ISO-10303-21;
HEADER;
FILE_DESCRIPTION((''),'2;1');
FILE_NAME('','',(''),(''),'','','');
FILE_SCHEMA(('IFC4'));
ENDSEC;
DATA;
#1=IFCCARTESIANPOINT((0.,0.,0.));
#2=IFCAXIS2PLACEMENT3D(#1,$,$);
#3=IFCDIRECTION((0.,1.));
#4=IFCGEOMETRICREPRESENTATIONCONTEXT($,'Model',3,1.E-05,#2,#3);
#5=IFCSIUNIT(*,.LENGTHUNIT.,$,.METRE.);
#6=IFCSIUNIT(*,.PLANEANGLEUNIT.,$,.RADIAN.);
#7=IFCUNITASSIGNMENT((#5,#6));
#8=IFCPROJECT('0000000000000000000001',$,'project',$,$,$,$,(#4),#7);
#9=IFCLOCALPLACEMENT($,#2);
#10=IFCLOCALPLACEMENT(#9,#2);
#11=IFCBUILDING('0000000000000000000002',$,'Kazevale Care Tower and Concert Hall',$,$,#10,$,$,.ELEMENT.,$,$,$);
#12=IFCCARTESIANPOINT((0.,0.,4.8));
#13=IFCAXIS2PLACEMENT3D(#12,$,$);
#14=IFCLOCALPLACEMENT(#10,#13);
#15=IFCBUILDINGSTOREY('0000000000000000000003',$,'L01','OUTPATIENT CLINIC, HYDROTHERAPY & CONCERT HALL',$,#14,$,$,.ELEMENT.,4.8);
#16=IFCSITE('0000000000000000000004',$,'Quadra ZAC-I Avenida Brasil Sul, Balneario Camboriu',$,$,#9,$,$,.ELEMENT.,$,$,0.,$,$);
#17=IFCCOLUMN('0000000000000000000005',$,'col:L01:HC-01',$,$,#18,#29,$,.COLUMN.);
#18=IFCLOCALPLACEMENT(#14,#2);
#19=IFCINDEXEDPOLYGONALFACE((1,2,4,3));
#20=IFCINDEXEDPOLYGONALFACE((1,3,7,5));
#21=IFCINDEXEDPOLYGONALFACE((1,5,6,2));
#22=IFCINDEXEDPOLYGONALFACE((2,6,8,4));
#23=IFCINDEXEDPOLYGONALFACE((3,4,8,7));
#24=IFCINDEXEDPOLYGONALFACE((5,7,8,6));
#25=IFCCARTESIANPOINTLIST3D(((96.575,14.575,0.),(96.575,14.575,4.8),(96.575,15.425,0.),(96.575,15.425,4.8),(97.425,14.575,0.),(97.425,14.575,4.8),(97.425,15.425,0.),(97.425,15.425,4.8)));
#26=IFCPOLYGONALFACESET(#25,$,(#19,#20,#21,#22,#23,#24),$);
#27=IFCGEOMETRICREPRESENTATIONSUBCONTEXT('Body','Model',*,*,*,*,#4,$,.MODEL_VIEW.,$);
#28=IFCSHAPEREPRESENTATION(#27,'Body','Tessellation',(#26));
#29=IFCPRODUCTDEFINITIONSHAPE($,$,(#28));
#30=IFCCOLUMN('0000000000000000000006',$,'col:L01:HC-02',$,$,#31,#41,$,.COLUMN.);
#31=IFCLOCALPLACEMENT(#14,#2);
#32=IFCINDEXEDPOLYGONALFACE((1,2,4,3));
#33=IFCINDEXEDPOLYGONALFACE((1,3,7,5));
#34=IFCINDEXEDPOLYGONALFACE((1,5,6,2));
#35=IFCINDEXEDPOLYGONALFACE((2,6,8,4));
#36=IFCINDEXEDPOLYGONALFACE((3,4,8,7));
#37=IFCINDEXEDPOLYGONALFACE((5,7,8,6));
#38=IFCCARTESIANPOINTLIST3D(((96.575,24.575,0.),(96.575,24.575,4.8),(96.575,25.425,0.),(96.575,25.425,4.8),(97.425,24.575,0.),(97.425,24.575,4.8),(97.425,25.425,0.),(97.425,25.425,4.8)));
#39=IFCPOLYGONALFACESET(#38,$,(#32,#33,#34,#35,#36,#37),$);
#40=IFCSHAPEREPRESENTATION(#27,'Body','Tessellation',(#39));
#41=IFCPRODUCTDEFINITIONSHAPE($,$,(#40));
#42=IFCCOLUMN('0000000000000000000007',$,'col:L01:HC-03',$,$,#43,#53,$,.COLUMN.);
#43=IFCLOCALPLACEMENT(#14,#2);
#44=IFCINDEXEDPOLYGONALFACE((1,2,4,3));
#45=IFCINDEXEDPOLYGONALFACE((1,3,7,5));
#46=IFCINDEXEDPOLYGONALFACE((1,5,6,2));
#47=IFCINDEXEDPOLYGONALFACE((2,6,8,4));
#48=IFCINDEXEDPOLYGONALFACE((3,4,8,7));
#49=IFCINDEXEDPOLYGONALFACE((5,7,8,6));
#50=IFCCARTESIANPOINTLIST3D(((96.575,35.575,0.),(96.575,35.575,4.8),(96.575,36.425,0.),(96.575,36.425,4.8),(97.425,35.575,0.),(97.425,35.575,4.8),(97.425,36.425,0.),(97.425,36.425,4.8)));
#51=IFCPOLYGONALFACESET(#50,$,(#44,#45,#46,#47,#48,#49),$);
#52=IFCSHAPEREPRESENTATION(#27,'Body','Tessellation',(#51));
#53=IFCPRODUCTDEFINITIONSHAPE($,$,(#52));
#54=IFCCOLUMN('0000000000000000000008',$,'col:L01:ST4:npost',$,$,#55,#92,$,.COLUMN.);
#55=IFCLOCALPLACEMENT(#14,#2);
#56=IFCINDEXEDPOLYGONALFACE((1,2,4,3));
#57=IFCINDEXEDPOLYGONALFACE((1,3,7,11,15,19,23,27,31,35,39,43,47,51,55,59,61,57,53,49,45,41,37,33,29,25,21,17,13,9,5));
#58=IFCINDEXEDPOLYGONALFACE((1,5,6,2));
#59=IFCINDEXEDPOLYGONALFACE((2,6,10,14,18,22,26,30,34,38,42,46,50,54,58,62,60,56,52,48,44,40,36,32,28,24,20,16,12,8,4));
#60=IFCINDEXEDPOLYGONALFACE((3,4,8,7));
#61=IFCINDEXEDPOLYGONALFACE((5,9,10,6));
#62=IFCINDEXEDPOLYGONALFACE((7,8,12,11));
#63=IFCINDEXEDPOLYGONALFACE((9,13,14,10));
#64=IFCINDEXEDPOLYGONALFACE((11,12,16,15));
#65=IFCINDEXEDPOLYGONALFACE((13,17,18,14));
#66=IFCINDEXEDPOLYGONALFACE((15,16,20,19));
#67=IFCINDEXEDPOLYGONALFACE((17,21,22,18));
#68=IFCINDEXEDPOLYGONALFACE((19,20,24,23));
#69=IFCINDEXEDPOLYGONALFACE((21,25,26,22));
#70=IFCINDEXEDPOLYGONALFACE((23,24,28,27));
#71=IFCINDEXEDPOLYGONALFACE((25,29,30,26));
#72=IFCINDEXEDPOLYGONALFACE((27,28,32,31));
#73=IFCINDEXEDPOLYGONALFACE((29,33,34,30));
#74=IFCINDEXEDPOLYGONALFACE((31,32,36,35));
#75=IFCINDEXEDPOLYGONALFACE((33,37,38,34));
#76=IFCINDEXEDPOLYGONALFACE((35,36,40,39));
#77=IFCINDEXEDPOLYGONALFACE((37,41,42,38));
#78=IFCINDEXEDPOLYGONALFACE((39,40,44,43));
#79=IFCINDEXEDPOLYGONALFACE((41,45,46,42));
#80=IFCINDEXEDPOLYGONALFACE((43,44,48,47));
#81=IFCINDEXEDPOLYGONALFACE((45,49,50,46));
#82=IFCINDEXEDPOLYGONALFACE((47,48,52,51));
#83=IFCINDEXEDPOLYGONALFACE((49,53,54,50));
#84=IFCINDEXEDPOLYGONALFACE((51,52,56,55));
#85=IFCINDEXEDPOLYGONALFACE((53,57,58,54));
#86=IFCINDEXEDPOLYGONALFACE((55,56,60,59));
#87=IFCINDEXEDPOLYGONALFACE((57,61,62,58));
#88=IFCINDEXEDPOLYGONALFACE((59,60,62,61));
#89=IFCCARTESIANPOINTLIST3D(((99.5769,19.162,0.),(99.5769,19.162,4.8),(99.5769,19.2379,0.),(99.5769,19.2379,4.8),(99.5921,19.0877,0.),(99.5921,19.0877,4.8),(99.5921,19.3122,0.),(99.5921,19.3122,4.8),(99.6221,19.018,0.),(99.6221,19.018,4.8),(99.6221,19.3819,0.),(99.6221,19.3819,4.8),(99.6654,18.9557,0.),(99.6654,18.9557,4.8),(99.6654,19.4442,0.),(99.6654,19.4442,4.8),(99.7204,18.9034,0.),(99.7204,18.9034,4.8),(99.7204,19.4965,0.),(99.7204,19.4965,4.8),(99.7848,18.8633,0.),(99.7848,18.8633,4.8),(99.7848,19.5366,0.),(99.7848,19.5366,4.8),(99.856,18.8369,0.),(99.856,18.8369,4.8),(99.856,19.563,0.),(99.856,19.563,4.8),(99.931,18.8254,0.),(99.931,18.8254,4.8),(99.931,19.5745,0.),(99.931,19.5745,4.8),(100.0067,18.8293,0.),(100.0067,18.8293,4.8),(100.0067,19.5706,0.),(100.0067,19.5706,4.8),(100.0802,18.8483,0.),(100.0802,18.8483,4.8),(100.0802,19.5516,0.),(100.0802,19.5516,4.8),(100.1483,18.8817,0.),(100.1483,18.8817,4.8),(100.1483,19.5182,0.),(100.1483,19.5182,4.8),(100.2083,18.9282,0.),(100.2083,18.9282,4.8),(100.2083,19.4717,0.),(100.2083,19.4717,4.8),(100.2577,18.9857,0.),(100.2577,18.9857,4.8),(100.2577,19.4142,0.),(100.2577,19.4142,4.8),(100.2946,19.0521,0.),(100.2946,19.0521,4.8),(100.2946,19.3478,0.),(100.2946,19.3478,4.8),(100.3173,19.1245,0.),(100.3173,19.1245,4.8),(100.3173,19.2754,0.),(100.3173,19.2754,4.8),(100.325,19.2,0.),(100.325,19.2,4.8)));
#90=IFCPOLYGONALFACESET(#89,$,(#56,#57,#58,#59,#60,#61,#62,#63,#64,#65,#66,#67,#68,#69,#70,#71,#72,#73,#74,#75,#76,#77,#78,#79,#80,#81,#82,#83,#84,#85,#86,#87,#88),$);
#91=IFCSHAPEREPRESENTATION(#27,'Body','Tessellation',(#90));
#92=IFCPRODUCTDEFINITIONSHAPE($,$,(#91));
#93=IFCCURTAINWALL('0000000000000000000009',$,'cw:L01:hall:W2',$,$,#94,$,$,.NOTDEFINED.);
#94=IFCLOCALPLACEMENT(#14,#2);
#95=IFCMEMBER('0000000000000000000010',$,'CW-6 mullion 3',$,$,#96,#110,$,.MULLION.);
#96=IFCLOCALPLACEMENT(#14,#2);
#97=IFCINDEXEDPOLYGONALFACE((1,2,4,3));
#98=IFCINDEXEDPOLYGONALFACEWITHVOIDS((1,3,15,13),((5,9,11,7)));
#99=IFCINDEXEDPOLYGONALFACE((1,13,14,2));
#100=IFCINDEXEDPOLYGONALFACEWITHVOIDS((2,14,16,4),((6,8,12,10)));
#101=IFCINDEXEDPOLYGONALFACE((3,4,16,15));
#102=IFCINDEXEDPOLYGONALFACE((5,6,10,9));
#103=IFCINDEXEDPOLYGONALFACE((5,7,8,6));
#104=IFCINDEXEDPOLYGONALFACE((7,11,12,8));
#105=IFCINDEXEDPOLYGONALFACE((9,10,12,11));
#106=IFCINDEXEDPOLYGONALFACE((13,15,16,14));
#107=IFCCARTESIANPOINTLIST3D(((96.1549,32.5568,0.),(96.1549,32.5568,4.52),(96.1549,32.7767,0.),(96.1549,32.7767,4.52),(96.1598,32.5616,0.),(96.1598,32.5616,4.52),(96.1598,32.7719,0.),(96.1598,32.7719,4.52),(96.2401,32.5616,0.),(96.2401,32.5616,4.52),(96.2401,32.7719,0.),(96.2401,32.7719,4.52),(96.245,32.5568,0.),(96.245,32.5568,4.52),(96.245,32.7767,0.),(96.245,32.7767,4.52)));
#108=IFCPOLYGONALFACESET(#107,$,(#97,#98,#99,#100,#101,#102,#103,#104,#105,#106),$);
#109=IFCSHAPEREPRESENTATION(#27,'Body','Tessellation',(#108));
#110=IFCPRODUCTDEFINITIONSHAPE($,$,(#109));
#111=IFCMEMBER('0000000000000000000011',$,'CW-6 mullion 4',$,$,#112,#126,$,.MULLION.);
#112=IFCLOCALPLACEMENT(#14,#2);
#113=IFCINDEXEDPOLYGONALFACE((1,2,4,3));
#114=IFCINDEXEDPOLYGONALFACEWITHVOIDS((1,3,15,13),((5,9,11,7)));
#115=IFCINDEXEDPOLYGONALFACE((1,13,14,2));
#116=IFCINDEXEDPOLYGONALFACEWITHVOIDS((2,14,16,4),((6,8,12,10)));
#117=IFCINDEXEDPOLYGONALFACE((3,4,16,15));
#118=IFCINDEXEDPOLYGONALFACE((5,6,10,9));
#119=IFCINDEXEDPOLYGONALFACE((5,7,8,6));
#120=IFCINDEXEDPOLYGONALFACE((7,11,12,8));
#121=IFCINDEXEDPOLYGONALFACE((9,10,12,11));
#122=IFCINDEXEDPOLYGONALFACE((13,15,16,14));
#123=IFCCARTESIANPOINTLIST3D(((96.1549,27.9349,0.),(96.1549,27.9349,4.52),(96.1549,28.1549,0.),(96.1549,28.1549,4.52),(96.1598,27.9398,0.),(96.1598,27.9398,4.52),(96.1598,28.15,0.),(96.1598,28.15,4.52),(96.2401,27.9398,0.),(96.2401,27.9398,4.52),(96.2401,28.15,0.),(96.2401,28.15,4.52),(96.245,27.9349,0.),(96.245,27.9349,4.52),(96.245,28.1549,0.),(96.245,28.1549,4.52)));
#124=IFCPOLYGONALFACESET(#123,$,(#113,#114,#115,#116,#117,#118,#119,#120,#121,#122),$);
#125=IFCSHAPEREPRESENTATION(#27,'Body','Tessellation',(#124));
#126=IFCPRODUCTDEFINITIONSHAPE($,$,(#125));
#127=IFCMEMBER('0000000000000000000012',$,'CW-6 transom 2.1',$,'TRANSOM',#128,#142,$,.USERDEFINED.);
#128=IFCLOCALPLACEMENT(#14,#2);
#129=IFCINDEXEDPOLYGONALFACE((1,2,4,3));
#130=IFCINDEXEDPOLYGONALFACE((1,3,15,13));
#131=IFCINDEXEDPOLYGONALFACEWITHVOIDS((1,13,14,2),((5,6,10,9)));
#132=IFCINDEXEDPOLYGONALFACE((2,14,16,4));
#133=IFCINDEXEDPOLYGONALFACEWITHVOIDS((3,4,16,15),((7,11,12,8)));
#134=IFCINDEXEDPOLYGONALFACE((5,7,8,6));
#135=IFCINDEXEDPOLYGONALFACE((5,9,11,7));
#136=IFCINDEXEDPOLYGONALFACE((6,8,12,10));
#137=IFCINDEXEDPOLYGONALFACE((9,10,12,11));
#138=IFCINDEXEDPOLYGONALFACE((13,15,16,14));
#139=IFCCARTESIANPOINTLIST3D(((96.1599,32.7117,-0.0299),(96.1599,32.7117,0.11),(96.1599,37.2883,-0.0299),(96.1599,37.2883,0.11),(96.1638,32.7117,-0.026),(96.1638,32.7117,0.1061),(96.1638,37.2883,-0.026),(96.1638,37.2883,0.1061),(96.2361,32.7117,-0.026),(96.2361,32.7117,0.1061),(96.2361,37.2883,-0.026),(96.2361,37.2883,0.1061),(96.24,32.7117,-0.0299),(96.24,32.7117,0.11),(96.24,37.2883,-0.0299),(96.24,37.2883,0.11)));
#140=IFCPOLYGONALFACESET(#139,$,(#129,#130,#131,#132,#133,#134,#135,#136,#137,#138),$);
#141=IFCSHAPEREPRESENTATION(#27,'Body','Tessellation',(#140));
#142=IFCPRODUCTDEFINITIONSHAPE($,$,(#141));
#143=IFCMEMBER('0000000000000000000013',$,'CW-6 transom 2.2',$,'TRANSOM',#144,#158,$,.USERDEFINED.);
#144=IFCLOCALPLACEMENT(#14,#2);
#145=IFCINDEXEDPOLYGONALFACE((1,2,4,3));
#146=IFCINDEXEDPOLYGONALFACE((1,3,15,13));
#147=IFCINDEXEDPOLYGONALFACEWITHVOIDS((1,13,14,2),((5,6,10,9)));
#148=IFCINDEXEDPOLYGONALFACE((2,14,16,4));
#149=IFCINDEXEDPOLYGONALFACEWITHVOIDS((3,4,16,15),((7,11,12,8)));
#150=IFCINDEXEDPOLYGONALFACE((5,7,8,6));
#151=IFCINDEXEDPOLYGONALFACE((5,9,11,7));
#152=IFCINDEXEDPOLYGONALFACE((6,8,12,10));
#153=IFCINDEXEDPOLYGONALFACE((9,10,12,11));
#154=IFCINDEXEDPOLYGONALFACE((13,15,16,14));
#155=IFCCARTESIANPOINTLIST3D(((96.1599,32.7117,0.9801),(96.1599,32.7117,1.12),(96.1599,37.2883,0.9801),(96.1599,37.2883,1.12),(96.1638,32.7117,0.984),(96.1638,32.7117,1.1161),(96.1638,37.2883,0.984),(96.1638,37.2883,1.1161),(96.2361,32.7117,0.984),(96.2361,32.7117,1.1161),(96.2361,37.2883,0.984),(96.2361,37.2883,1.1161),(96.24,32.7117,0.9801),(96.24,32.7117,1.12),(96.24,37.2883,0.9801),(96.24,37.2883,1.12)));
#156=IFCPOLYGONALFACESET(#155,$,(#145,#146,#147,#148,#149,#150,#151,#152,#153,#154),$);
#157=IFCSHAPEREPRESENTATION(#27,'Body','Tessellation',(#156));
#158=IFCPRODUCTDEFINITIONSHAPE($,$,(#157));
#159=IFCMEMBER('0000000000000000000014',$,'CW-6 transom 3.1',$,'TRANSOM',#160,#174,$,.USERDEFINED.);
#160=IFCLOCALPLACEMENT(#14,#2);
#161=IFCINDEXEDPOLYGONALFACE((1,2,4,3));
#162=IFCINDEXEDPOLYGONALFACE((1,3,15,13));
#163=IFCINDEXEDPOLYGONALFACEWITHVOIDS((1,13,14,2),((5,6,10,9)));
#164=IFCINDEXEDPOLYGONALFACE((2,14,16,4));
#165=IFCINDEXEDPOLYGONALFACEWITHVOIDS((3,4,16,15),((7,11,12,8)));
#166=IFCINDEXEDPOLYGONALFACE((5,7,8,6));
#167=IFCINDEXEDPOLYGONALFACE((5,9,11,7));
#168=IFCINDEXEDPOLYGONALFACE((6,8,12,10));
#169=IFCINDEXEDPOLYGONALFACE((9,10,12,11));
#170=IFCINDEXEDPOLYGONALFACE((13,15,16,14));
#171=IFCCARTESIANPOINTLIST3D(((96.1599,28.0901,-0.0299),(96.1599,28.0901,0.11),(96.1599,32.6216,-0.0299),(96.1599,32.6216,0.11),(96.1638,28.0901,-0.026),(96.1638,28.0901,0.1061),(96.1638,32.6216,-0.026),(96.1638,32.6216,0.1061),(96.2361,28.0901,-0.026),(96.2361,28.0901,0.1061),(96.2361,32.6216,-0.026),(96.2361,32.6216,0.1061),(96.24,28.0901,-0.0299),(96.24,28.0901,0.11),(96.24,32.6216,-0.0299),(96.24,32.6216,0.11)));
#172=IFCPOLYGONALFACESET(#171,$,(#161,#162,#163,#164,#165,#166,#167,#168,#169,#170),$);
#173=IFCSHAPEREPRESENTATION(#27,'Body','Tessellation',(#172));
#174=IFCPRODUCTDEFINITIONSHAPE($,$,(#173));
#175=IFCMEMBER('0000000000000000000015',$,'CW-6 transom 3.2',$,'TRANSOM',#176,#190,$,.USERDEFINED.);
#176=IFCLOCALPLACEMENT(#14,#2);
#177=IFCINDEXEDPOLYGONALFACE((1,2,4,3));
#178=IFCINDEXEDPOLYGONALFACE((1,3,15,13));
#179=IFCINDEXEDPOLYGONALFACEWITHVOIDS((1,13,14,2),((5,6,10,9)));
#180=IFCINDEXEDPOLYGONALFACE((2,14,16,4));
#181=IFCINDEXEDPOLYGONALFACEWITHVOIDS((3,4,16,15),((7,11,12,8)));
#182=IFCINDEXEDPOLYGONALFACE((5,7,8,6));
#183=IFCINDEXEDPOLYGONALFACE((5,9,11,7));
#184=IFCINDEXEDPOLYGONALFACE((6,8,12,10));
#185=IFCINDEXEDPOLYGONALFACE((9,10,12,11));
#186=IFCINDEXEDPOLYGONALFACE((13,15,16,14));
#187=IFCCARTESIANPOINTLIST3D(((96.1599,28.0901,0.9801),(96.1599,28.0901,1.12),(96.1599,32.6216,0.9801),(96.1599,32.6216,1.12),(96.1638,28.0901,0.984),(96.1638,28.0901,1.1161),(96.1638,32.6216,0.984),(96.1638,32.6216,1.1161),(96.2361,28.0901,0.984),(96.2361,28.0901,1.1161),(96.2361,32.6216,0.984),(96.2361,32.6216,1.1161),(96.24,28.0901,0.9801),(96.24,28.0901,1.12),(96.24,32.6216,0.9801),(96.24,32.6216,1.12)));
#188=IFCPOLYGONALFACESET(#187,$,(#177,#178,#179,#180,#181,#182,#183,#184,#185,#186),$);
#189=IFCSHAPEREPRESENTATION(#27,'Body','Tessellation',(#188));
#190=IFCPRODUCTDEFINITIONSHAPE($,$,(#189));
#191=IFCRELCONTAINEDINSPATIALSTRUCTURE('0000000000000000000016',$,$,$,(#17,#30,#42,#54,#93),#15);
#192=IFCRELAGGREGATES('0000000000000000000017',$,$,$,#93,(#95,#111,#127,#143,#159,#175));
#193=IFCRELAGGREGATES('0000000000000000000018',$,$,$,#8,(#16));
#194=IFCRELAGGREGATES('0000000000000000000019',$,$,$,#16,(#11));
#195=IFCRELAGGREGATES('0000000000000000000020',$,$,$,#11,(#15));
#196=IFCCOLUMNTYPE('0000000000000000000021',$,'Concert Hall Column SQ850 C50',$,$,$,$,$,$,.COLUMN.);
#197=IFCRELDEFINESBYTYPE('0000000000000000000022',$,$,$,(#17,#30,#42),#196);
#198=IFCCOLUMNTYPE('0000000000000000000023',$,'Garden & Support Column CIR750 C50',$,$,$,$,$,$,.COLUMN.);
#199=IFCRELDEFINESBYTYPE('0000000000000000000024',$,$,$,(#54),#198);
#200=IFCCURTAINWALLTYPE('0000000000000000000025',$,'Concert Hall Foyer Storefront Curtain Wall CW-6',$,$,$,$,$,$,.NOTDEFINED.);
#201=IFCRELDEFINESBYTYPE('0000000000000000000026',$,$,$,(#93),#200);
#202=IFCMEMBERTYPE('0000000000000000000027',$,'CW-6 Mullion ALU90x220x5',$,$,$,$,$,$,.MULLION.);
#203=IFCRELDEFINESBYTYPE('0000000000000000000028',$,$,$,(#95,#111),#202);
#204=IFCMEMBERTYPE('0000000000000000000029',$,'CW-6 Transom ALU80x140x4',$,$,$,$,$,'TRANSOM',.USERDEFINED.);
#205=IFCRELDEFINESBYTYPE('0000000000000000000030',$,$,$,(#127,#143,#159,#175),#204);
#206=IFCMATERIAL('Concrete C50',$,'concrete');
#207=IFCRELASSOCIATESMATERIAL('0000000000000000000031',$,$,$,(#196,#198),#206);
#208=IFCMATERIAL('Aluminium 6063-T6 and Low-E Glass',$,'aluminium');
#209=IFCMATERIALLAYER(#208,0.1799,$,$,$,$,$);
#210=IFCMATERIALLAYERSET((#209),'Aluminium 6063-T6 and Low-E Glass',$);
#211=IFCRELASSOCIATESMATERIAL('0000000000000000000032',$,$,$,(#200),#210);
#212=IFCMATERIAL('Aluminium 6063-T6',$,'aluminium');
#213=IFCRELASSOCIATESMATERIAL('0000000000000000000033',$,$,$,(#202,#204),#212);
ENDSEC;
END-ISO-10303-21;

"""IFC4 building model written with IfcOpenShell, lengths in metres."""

from ifc_helpers import new_model, si_unit, direction, frame, origin, origin_2d, place, context, subcontext, project, spatial, rectangle, hollow_rectangle, circle, extrude, material, layer, layer_set, material_profile, profile_set, type_object, element, aggregate, save


model = new_model("IFC4")

# Units and contexts
model_context = context("Model", 3, precision=1e-05, world=origin(), true_north=direction((0.0, 1.0)))
body_context = subcontext(model_context, "Body", "Model", "MODEL_VIEW")
ifc_project = project(units=[si_unit("LENGTHUNIT", "METRE"), si_unit("PLANEANGLEUNIT", "RADIAN")], contexts=[model_context])

# Site, building, storey
site_placement = place(None, origin())
site = spatial("IfcSite", under=ifc_project, at=site_placement, Name="Quadra ZAC-I Avenida Brasil Sul, Balneario Camboriu", CompositionType="ELEMENT", RefElevation=0.0)
building_placement = place(site_placement, origin())
building = spatial("IfcBuilding", under=site, at=building_placement, Name="Kazevale Care Tower and Concert Hall", CompositionType="ELEMENT")
storey_placement = place(building_placement, frame((0.0, 0.0, 4.8)))
storey = spatial("IfcBuildingStorey", under=building, at=storey_placement, Name="L01", Description="OUTPATIENT CLINIC, HYDROTHERAPY & CONCERT HALL", CompositionType="ELEMENT", Elevation=4.8)

# Columns
ifc_material_1 = material(Name="Concrete C50", Category="concrete")
ifc_material_profile_1 = material_profile(ifc_material_1, rectangle(XDim=0.8501, YDim=0.8501, at=origin_2d()), Name="RC-SQ850")
ifc_profile_set_1 = profile_set([ifc_material_profile_1], Name="Concrete C50")
column_type_1 = type_object("IfcColumnType", Name="Concert Hall Column SQ850 C50", PredefinedType="COLUMN", material=ifc_profile_set_1)
for number, where, z_axis, x_axis, name in (
    (1, (97.0, 15.0, 0.0), (0.0, 0.0, 1.0), (1.0, 0.0, 0.0), "col:L01:HC-01"),
    (2, (97.0, 25.0, 0.0), (0.0, 0.0, 1.0), (1.0, 0.0, 0.0), "col:L01:HC-02"),
    (3, (97.0, 36.0, 0.0), (0.0, 0.0, 1.0), (1.0, 0.0, 0.0), "col:L01:HC-03"),
):
    element("IfcColumn", number, at=place(storey_placement, frame(where, z_axis=z_axis, x_axis=x_axis)), inside=storey, type_object=column_type_1, Name=name, PredefinedType="COLUMN", context=body_context, shape_type="SweptSolid", body=[
        extrude(rectangle(XDim=0.8501, YDim=0.8501, at=origin_2d()), origin(), (0.0, 0.0, 1.0), 4.8),
    ])
ifc_material_profile_2 = material_profile(ifc_material_1, circle(Radius=0.375, at=origin_2d()), Name="RC-CIR750")
ifc_profile_set_2 = profile_set([ifc_material_profile_2], Name="Concrete C50")
column_type_2 = type_object("IfcColumnType", Name="Garden & Support Column CIR750 C50", PredefinedType="COLUMN", material=ifc_profile_set_2)
column_placement = place(storey_placement, frame((99.95, 19.2, 0.0), z_axis=(0.0, 0.0, 1.0), x_axis=(1.0, 0.0, 0.0)))
element("IfcColumn", 4, at=column_placement, inside=storey, type_object=column_type_2, Name="col:L01:ST4:npost", PredefinedType="COLUMN", context=body_context, shape_type="SweptSolid", body=[
    extrude(circle(Radius=0.375, at=origin_2d()), origin(), (0.0, 0.0, 1.0), 4.8),
])

# Curtain wall, members
ifc_material_2 = material(Name="Aluminium 6063-T6 and Low-E Glass", Category="aluminium")
ifc_layer_1 = layer(ifc_material_2, 0.1799)
ifc_layer_set_1 = layer_set([ifc_layer_1], Name="Aluminium 6063-T6 and Low-E Glass")
curtain_wall_type = type_object("IfcCurtainWallType", Name="Concert Hall Foyer Storefront Curtain Wall CW-6", PredefinedType="NOTDEFINED", material=ifc_layer_set_1)
curtain_wall_placement = place(storey_placement, origin())
curtain_wall = element("IfcCurtainWall", 5, at=curtain_wall_placement, inside=storey, type_object=curtain_wall_type, Name="cw:L01:hall:W2", PredefinedType="NOTDEFINED")
ifc_material_3 = material(Name="Aluminium 6063-T6", Category="aluminium")
ifc_material_profile_3 = material_profile(ifc_material_3, hollow_rectangle(XDim=0.0901, YDim=0.22, WallThickness=0.0049, at=origin_2d()), Name="ALU90x220x5")
ifc_profile_set_3 = profile_set([ifc_material_profile_3], Name="Aluminium 6063-T6")
member_type_1 = type_object("IfcMemberType", Name="CW-6 Mullion ALU90x220x5", PredefinedType="MULLION", material=ifc_profile_set_3)
member_1_placement = place(storey_placement, frame((96.2, 32.6667, 0.0), z_axis=(0.0, 0.0, 1.0), x_axis=(1.0, 0.0, 0.0)))
member_1 = element("IfcMember", 6, at=member_1_placement, type_object=member_type_1, Name="CW-6 mullion 3", PredefinedType="MULLION", context=body_context, shape_type="SweptSolid", body=[
    extrude(hollow_rectangle(XDim=0.0901, YDim=0.22, WallThickness=0.0049, at=origin_2d()), origin(), (0.0, 0.0, 1.0), 4.52),
])
member_2_placement = place(storey_placement, frame((96.2, 28.0449, 0.0), z_axis=(0.0, 0.0, 1.0), x_axis=(1.0, 0.0, 0.0)))
member_2 = element("IfcMember", 7, at=member_2_placement, type_object=member_type_1, Name="CW-6 mullion 4", PredefinedType="MULLION", context=body_context, shape_type="SweptSolid", body=[
    extrude(hollow_rectangle(XDim=0.0901, YDim=0.22, WallThickness=0.0049, at=origin_2d()), origin(), (0.0, 0.0, 1.0), 4.52),
])
ifc_material_profile_4 = material_profile(ifc_material_3, hollow_rectangle(XDim=0.0801, YDim=0.1399, WallThickness=0.0039, at=origin_2d()), Name="ALU80x140x4")
ifc_profile_set_4 = profile_set([ifc_material_profile_4], Name="Aluminium 6063-T6")
member_type_2 = type_object("IfcMemberType", Name="CW-6 Transom ALU80x140x4", ElementType="TRANSOM", PredefinedType="USERDEFINED", material=ifc_profile_set_4)
member_3_placement = place(storey_placement, frame((96.2, 37.2883, 0.04), z_axis=(0.0, -1.0, 0.0), x_axis=(1.0, 0.0, 0.0)))
member_3 = element("IfcMember", 8, at=member_3_placement, type_object=member_type_2, Name="CW-6 transom 2.1", ObjectType="TRANSOM", PredefinedType="USERDEFINED", context=body_context, shape_type="SweptSolid", body=[
    extrude(hollow_rectangle(XDim=0.0801, YDim=0.1399, WallThickness=0.0039, at=origin_2d()), origin(), (0.0, 0.0, 1.0), 4.5767),
])
member_4_placement = place(storey_placement, frame((96.2, 37.2883, 1.05), z_axis=(0.0, -1.0, 0.0), x_axis=(1.0, 0.0, 0.0)))
member_4 = element("IfcMember", 9, at=member_4_placement, type_object=member_type_2, Name="CW-6 transom 2.2", ObjectType="TRANSOM", PredefinedType="USERDEFINED", context=body_context, shape_type="SweptSolid", body=[
    extrude(hollow_rectangle(XDim=0.0801, YDim=0.1399, WallThickness=0.0039, at=origin_2d()), origin(), (0.0, 0.0, 1.0), 4.5767),
])
member_5_placement = place(storey_placement, frame((96.2, 32.6216, 0.04), z_axis=(0.0, -1.0, 0.0), x_axis=(1.0, 0.0, 0.0)))
member_5 = element("IfcMember", 10, at=member_5_placement, type_object=member_type_2, Name="CW-6 transom 3.1", ObjectType="TRANSOM", PredefinedType="USERDEFINED", context=body_context, shape_type="SweptSolid", body=[
    extrude(hollow_rectangle(XDim=0.0801, YDim=0.1399, WallThickness=0.0039, at=origin_2d()), origin(), (0.0, 0.0, 1.0), 4.5315),
])
member_6_placement = place(storey_placement, frame((96.2, 32.6216, 1.05), z_axis=(0.0, -1.0, 0.0), x_axis=(1.0, 0.0, 0.0)))
member_6 = element("IfcMember", 11, at=member_6_placement, type_object=member_type_2, Name="CW-6 transom 3.2", ObjectType="TRANSOM", PredefinedType="USERDEFINED", context=body_context, shape_type="SweptSolid", body=[
    extrude(hollow_rectangle(XDim=0.0801, YDim=0.1399, WallThickness=0.0039, at=origin_2d()), origin(), (0.0, 0.0, 1.0), 4.5315),
])

aggregate(curtain_wall, [member_1, member_2, member_3, member_4, member_5, member_6])

save(model, "model.ifc")
